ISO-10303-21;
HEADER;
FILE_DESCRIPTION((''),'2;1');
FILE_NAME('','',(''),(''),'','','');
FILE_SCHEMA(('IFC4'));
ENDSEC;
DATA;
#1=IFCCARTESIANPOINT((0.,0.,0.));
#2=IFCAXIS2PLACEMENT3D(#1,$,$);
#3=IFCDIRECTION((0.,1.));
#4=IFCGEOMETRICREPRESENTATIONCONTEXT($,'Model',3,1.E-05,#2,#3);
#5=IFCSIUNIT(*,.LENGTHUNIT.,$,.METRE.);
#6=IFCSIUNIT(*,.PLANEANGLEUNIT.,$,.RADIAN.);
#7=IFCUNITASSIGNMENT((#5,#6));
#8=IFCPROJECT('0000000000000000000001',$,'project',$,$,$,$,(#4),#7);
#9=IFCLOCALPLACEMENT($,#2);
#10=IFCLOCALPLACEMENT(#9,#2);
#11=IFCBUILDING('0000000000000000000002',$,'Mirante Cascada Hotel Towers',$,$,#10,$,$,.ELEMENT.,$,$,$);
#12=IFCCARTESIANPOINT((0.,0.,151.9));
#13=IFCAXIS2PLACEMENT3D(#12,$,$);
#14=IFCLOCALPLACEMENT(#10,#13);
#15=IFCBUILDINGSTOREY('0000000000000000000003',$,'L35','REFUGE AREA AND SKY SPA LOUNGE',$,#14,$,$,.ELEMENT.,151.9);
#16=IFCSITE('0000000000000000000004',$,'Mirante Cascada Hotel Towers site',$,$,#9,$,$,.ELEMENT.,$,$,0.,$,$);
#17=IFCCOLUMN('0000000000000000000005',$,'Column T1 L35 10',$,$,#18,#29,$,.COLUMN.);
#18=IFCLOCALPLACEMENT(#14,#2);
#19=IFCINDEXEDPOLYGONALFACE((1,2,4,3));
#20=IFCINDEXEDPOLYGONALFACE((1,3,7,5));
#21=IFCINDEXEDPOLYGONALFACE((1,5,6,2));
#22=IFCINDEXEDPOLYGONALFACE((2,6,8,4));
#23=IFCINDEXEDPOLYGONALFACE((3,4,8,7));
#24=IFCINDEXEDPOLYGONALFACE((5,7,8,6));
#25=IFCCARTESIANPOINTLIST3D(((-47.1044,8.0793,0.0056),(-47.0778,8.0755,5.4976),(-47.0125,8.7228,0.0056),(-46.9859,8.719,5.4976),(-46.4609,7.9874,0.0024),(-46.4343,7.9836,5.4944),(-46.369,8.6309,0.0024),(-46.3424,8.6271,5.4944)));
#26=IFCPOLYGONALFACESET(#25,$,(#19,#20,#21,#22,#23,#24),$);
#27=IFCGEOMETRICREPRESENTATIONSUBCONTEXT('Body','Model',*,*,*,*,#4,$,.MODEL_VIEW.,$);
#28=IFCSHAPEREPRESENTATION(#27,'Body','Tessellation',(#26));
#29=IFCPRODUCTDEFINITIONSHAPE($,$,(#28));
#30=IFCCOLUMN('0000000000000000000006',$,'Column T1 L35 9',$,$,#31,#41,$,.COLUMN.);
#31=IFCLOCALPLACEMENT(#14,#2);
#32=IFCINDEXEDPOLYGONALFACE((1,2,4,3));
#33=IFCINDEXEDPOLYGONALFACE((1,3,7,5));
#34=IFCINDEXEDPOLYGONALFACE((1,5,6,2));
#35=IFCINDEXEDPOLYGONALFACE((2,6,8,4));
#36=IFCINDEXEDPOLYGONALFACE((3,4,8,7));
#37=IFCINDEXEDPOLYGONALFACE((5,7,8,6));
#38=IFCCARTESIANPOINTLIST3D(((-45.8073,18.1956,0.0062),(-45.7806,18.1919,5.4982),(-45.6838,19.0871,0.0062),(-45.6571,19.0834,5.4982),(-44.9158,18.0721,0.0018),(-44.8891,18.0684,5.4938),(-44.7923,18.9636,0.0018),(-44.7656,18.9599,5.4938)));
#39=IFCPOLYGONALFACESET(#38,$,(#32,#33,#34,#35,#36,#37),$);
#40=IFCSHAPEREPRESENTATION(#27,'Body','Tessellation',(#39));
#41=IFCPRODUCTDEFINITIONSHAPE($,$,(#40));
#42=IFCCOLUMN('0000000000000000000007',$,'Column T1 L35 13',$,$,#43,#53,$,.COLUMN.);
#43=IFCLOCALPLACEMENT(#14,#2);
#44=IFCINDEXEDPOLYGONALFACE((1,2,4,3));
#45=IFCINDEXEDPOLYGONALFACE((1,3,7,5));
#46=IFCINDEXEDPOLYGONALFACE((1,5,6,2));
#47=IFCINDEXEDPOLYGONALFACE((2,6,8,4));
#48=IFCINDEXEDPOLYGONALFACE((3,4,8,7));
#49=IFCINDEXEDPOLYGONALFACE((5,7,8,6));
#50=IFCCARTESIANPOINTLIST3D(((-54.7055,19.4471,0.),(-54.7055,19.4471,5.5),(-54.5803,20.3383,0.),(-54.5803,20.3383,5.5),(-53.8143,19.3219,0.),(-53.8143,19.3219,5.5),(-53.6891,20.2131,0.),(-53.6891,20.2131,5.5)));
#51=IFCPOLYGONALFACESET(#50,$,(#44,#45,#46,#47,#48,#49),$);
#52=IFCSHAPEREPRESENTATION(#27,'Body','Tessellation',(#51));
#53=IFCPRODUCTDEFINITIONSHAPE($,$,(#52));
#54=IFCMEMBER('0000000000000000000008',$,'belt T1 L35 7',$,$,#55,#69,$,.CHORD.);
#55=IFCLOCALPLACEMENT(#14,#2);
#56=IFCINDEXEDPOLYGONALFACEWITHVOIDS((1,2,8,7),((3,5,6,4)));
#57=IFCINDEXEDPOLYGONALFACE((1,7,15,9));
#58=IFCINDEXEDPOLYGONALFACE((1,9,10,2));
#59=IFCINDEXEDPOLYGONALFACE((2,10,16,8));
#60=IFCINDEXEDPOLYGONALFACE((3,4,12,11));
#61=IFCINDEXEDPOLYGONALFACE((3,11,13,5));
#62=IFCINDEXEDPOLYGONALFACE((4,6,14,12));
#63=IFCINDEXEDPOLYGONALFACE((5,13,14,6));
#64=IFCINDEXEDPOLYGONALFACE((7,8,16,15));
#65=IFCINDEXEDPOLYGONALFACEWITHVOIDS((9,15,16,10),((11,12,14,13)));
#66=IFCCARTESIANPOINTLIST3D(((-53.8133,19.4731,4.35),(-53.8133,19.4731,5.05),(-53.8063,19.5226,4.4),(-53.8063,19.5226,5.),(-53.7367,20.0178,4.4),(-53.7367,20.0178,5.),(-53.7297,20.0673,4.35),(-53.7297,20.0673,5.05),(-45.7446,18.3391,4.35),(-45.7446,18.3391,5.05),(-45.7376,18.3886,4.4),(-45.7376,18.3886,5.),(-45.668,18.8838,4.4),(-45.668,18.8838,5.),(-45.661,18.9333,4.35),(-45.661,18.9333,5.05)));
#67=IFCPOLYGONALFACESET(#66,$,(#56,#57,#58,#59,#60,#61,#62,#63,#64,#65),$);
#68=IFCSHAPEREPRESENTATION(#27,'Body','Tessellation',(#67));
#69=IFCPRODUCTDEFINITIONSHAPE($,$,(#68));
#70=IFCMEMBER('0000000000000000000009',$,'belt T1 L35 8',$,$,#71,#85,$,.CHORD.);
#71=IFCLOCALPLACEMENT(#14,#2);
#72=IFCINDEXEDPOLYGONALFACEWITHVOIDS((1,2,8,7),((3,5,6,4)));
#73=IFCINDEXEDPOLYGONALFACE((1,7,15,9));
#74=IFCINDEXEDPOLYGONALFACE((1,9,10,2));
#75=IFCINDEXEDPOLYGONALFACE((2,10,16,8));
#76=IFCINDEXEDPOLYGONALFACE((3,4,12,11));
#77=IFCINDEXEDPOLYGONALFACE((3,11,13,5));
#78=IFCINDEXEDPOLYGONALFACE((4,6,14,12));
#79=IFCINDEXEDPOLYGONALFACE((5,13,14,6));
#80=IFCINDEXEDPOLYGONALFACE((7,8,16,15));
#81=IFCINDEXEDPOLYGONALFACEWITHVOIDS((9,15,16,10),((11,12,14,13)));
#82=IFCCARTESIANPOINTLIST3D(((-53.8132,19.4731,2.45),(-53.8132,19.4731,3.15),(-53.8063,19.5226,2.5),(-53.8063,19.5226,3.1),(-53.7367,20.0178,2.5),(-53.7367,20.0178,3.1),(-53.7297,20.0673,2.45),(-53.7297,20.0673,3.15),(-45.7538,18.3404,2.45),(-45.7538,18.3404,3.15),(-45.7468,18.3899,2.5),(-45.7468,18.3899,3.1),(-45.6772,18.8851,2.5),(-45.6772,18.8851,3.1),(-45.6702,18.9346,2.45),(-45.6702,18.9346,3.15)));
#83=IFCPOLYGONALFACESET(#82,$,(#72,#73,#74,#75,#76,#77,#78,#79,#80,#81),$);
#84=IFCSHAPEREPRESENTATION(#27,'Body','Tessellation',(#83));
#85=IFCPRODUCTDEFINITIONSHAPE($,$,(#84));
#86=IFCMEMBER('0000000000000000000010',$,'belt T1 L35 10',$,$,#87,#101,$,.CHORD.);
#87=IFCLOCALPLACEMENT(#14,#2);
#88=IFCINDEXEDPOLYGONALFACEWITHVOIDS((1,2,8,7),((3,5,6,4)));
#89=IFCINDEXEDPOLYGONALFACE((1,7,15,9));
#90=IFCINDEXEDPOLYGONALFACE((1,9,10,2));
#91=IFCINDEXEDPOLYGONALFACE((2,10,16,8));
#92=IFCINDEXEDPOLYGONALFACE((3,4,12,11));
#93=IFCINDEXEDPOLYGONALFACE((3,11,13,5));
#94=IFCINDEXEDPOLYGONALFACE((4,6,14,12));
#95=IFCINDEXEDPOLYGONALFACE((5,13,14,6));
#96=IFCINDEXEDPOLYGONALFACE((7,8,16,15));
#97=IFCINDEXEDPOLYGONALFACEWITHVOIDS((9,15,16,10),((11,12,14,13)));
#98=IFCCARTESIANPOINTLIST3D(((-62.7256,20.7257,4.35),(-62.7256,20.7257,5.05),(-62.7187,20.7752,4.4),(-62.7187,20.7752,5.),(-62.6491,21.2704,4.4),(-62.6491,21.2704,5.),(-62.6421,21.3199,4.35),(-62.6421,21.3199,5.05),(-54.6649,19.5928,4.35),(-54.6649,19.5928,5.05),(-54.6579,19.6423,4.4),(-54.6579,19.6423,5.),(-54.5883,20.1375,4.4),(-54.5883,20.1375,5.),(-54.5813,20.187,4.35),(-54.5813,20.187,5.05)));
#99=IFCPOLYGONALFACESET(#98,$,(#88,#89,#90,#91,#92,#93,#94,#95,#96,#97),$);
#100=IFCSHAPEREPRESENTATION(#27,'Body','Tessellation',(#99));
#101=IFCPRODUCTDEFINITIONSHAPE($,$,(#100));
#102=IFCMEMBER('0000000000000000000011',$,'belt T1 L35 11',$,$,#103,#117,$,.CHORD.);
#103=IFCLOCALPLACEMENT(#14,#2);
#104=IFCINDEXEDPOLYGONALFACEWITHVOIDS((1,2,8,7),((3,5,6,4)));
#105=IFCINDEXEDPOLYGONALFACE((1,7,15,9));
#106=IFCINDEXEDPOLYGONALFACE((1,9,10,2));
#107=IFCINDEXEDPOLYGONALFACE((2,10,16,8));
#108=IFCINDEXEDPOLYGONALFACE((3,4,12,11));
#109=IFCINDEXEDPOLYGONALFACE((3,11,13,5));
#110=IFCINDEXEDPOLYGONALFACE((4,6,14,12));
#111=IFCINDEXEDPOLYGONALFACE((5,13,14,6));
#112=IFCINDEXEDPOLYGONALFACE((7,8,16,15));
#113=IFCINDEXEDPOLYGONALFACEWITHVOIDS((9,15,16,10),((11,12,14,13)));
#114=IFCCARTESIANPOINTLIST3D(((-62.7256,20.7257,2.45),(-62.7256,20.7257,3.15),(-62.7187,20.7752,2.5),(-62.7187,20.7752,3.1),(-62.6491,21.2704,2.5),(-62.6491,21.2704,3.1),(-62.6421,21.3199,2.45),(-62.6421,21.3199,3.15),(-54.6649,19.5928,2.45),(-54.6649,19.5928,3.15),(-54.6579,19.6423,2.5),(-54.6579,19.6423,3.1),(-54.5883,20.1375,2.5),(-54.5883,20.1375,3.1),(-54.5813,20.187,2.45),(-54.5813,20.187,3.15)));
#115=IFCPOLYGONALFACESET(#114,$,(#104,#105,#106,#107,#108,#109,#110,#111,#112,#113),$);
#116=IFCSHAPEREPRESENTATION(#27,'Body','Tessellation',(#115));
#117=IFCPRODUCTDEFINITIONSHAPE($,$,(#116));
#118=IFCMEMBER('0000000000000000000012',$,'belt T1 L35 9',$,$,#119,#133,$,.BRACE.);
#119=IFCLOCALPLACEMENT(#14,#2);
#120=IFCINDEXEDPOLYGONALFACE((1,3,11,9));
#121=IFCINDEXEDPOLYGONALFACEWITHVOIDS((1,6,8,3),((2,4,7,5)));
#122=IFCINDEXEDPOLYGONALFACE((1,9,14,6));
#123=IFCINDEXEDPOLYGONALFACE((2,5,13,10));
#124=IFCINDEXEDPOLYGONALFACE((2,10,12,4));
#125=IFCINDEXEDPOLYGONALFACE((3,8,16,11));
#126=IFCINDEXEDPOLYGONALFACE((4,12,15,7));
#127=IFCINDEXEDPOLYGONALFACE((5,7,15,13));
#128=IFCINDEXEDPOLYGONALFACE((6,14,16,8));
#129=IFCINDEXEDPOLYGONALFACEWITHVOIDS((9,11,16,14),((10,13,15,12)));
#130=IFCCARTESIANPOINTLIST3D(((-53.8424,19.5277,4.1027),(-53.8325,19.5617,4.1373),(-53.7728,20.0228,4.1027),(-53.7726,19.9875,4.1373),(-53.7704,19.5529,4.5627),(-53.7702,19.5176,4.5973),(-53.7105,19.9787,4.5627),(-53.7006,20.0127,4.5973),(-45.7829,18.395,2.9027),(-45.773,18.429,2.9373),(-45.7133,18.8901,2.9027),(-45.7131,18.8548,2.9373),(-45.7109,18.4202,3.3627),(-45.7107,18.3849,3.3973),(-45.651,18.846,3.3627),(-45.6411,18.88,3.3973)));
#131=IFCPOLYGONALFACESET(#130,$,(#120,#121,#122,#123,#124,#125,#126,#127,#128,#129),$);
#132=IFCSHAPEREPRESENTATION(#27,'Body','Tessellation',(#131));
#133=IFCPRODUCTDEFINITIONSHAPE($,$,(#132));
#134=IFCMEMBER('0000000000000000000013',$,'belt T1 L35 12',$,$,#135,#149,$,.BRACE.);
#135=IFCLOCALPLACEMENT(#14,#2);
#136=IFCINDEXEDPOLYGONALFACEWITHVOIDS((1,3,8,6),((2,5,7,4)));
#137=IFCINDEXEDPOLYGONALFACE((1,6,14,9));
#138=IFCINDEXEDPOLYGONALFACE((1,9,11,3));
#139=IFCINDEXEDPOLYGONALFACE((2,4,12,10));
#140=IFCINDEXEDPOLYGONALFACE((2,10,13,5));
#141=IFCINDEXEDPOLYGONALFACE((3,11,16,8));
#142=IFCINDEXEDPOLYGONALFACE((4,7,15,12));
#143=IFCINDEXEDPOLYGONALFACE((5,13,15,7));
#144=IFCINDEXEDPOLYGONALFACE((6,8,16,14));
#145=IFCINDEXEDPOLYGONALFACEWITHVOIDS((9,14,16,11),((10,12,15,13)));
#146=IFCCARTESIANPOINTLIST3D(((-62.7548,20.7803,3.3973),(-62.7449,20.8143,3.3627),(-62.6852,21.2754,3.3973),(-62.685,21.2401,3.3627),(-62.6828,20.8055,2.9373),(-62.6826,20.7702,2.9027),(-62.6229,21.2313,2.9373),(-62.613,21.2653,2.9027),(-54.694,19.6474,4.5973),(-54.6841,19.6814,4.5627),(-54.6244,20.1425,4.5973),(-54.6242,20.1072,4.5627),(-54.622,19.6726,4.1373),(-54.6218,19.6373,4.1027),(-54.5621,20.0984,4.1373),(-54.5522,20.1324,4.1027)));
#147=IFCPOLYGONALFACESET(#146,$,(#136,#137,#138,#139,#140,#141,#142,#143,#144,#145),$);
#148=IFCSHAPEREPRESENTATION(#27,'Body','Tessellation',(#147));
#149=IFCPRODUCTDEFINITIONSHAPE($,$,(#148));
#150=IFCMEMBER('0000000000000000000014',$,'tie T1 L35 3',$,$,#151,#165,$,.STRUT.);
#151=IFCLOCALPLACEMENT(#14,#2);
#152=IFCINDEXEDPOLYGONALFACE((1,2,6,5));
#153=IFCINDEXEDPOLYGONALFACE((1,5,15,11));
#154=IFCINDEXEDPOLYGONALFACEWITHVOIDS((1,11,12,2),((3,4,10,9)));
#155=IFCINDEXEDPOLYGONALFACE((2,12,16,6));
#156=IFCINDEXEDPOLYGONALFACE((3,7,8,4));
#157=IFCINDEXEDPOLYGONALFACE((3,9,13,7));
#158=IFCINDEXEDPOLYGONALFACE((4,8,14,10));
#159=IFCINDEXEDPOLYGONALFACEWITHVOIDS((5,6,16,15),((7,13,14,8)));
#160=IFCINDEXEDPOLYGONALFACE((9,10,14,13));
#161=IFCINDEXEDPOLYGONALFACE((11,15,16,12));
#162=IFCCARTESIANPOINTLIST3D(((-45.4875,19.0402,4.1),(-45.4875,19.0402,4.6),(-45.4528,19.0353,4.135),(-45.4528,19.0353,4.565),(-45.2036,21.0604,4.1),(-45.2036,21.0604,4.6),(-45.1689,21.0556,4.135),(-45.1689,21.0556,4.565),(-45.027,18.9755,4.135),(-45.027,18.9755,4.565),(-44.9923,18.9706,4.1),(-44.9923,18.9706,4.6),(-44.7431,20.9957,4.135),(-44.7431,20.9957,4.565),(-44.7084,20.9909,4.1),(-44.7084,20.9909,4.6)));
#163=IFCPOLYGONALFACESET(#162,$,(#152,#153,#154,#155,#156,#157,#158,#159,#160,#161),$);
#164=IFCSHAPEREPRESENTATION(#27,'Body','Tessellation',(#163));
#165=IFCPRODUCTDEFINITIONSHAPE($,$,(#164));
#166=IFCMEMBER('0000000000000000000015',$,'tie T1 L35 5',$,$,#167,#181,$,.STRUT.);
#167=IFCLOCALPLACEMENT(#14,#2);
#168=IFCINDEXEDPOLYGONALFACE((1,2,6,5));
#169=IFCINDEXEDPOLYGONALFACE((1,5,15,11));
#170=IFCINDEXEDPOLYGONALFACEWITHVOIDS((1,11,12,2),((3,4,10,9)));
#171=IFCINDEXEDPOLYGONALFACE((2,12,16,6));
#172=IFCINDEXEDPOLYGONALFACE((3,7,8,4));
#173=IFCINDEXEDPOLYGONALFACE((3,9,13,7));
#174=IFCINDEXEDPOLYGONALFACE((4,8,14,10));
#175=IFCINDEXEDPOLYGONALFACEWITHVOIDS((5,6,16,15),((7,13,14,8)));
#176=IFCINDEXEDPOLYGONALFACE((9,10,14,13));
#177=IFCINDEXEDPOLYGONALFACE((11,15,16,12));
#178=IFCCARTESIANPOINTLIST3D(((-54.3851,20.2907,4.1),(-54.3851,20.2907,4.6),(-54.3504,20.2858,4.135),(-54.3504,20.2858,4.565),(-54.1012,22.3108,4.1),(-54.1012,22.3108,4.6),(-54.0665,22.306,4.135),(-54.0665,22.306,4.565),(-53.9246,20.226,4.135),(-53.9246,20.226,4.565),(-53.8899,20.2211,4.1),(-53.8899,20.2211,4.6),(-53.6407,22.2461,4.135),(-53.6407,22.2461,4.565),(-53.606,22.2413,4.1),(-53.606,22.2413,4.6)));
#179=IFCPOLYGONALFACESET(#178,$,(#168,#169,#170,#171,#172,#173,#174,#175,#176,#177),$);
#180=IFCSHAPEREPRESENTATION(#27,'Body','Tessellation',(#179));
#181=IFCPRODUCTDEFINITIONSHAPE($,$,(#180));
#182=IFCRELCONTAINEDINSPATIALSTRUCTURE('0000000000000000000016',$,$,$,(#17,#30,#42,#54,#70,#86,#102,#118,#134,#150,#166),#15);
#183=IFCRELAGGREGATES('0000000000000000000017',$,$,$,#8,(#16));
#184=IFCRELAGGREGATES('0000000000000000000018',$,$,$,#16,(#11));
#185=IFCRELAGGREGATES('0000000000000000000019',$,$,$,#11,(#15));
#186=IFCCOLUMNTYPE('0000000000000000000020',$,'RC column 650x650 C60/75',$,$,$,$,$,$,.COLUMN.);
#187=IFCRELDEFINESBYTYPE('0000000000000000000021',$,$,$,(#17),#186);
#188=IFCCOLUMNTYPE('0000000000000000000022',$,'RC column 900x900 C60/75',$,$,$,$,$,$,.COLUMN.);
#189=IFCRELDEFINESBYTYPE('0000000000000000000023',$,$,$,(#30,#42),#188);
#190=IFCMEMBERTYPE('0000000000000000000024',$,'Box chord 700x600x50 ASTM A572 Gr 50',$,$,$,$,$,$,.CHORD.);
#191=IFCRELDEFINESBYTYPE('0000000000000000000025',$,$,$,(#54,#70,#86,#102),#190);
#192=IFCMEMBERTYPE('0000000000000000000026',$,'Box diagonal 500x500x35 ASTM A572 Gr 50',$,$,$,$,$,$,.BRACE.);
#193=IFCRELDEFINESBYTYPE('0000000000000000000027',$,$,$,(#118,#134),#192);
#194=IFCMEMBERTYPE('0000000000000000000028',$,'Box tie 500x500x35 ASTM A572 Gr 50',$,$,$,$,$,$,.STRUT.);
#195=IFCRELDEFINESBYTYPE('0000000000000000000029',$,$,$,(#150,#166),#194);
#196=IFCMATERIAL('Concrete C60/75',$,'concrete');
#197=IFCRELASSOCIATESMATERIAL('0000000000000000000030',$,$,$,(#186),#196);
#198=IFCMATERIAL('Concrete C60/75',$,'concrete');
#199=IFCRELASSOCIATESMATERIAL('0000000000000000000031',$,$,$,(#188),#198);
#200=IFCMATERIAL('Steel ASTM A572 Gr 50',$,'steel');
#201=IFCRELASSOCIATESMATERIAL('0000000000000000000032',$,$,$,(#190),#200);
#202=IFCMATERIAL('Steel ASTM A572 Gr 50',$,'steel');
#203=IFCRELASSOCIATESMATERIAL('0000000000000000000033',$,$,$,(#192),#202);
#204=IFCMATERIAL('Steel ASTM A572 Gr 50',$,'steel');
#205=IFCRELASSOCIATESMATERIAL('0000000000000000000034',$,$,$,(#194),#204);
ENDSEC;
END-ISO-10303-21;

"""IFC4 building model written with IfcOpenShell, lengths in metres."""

from ifc_helpers import new_model, si_unit, direction, frame, origin, origin_2d, place, context, subcontext, project, spatial, rectangle, hollow_rectangle, extrude, material, material_profile, profile_set, type_object, element, save


model = new_model("IFC4")

# Units and contexts
model_context = context("Model", 3, precision=1e-05, world=origin(), true_north=direction((0.0, 1.0)))
body_context = subcontext(model_context, "Body", "Model", "MODEL_VIEW")
ifc_project = project(units=[si_unit("LENGTHUNIT", "METRE"), si_unit("PLANEANGLEUNIT", "RADIAN")], contexts=[model_context])

# Site, building, storey
site_placement = place(None, origin())
site = spatial("IfcSite", under=ifc_project, at=site_placement, Name="Mirante Cascada Hotel Towers site", CompositionType="ELEMENT", RefElevation=0.0)
building_placement = place(site_placement, origin())
building = spatial("IfcBuilding", under=site, at=building_placement, Name="Mirante Cascada Hotel Towers", CompositionType="ELEMENT")
storey_placement = place(building_placement, frame((0.0, 0.0, 151.9)))
storey = spatial("IfcBuildingStorey", under=building, at=storey_placement, Name="L35", Description="REFUGE AREA AND SKY SPA LOUNGE", CompositionType="ELEMENT", Elevation=151.9)

# Columns
ifc_material_1 = material(Name="Concrete C60/75", Category="concrete")
ifc_material_profile_1 = material_profile(ifc_material_1, rectangle(XDim=0.65, YDim=0.65, at=origin_2d()), Name="RC column 650x650 C60/75")
ifc_profile_set_1 = profile_set([ifc_material_profile_1], Name="Concrete C60/75")
column_type_1 = type_object("IfcColumnType", Name="RC column 650x650 C60/75", PredefinedType="COLUMN", material=ifc_profile_set_1)
column_1_placement = place(storey_placement, frame((-46.7367, 8.3551, 0.004), z_axis=(0.004843, -0.000692, 0.999988), x_axis=(0.141421, 0.98995, 0.0)))
element("IfcColumn", 1, at=column_1_placement, inside=storey, type_object=column_type_1, Name="Column T1 L35 10", PredefinedType="COLUMN", context=body_context, shape_type="SweptSolid", body=[
    extrude(rectangle(XDim=0.65, YDim=0.65, at=origin_2d()), origin(), (0.0, 0.0, 1.0), 5.4921),
])
ifc_material_2 = material(Name="Concrete C60/75", Category="concrete")
ifc_material_profile_2 = material_profile(ifc_material_2, rectangle(XDim=0.9, YDim=0.9, at=origin_2d()), Name="RC column 900x900 C60/75")
ifc_profile_set_2 = profile_set([ifc_material_profile_2], Name="Concrete C60/75")
column_type_2 = type_object("IfcColumnType", Name="RC column 900x900 C60/75", PredefinedType="COLUMN", material=ifc_profile_set_2)
column_2_placement = place(storey_placement, frame((-45.2998, 18.5796, 0.004), z_axis=(0.004862, -0.000674, 0.999988), x_axis=(0.137265, 0.990534, 0.0)))
element("IfcColumn", 2, at=column_2_placement, inside=storey, type_object=column_type_2, Name="Column T1 L35 9", PredefinedType="COLUMN", context=body_context, shape_type="SweptSolid", body=[
    extrude(rectangle(XDim=0.9, YDim=0.9, at=origin_2d()), origin(), (0.0, 0.0, 1.0), 5.4921),
])
column_3_placement = place(storey_placement, frame((-54.1973, 19.8301, 0.0), z_axis=(0.0, 0.0, 1.0), x_axis=(-0.990268, 0.139173, 0.0)))
element("IfcColumn", 3, at=column_3_placement, inside=storey, type_object=column_type_2, Name="Column T1 L35 13", PredefinedType="COLUMN", context=body_context, shape_type="SweptSolid", body=[
    extrude(rectangle(XDim=0.9, YDim=0.9, at=origin_2d()), origin(), (0.0, 0.0, 1.0), 5.5),
])

# Members
ifc_material_3 = material(Name="Steel ASTM A572 Gr 50", Category="steel")
ifc_material_profile_3 = material_profile(ifc_material_3, hollow_rectangle(XDim=0.6, YDim=0.7, WallThickness=0.05, at=origin_2d()), Name="Box chord 700x600x50 ASTM A572 Gr 50")
ifc_profile_set_3 = profile_set([ifc_material_profile_3], Name="Steel ASTM A572 Gr 50")
member_type_1 = type_object("IfcMemberType", Name="Box chord 700x600x50 ASTM A572 Gr 50", PredefinedType="CHORD", material=ifc_profile_set_3)
member_1_placement = place(storey_placement, frame((-45.7028, 18.6362, 4.7), z_axis=(-0.990268, 0.139175, 0.0), x_axis=(-0.139175, -0.990268, 0.0)))
element("IfcMember", 4, at=member_1_placement, inside=storey, type_object=member_type_1, Name="belt T1 L35 7", PredefinedType="CHORD", context=body_context, shape_type="SweptSolid", body=[
    extrude(hollow_rectangle(XDim=0.6, YDim=0.7, WallThickness=0.05, at=origin_2d()), origin(), (0.0, 0.0, 1.0), 8.148),
])
member_2_placement = place(storey_placement, frame((-45.712, 18.6375, 2.8), z_axis=(-0.990268, 0.139174, 0.0), x_axis=(-0.139174, -0.990268, 0.0)))
element("IfcMember", 5, at=member_2_placement, inside=storey, type_object=member_type_1, Name="belt T1 L35 8", PredefinedType="CHORD", context=body_context, shape_type="SweptSolid", body=[
    extrude(hollow_rectangle(XDim=0.6, YDim=0.7, WallThickness=0.05, at=origin_2d()), origin(), (0.0, 0.0, 1.0), 8.1387),
])
for number, where, z_axis, x_axis, name in (
    (6, (-54.6231, 19.8899, 4.7), (-0.990268, 0.139177, 0.0), (-0.139177, -0.990268, 0.0), "belt T1 L35 10"),
    (7, (-54.6231, 19.8899, 2.8), (-0.990268, 0.139177, 0.0), (-0.139177, -0.990268, 0.0), "belt T1 L35 11"),
):
    element("IfcMember", number, at=place(storey_placement, frame(where, z_axis=z_axis, x_axis=x_axis)), inside=storey, type_object=member_type_1, Name=name, PredefinedType="CHORD", context=body_context, shape_type="SweptSolid", body=[
        extrude(hollow_rectangle(XDim=0.6, YDim=0.7, WallThickness=0.05, at=origin_2d()), origin(), (0.0, 0.0, 1.0), 8.14),
    ])
ifc_material_4 = material(Name="Steel ASTM A572 Gr 50", Category="steel")
ifc_material_profile_4 = material_profile(ifc_material_4, hollow_rectangle(XDim=0.5, YDim=0.5, WallThickness=0.035, at=origin_2d()), Name="Box diagonal 500x500x35 ASTM A572 Gr 50")
ifc_profile_set_4 = profile_set([ifc_material_profile_4], Name="Steel ASTM A572 Gr 50")
member_type_2 = type_object("IfcMemberType", Name="Box diagonal 500x500x35 ASTM A572 Gr 50", PredefinedType="BRACE", material=ifc_profile_set_4)
member_3_placement = place(storey_placement, frame((-45.712, 18.6375, 3.15), z_axis=(-0.979676, 0.137686, 0.145867), x_axis=(-0.139174, -0.990268, 0.0)))
element("IfcMember", 8, at=member_3_placement, inside=storey, type_object=member_type_2, Name="belt T1 L35 9", PredefinedType="BRACE", context=body_context, shape_type="SweptSolid", body=[
    extrude(hollow_rectangle(XDim=0.5, YDim=0.5, WallThickness=0.035, at=origin_2d()), origin(), (0.0, 0.0, 1.0), 8.2267),
])
member_4_placement = place(storey_placement, frame((-54.6231, 19.8899, 4.35), z_axis=(-0.979679, 0.137688, -0.145843), x_axis=(-0.139177, -0.990268, 0.0)))
element("IfcMember", 9, at=member_4_placement, inside=storey, type_object=member_type_2, Name="belt T1 L35 12", PredefinedType="BRACE", context=body_context, shape_type="SweptSolid", body=[
    extrude(hollow_rectangle(XDim=0.5, YDim=0.5, WallThickness=0.035, at=origin_2d()), origin(), (0.0, 0.0, 1.0), 8.228),
])
ifc_material_5 = material(Name="Steel ASTM A572 Gr 50", Category="steel")
ifc_material_profile_5 = material_profile(ifc_material_5, hollow_rectangle(XDim=0.5, YDim=0.5, WallThickness=0.035, at=origin_2d()), Name="Box tie 500x500x35 ASTM A572 Gr 50")
ifc_profile_set_5 = profile_set([ifc_material_profile_5], Name="Steel ASTM A572 Gr 50")
member_type_3 = type_object("IfcMemberType", Name="Box tie 500x500x35 ASTM A572 Gr 50", PredefinedType="STRUT", material=ifc_profile_set_5)
member_5_placement = place(storey_placement, frame((-45.2399, 19.0054, 4.35), z_axis=(0.139163, 0.99027, 0.0), x_axis=(-0.99027, 0.139163, 0.0)))
element("IfcMember", 10, at=member_5_placement, inside=storey, type_object=member_type_3, Name="tie T1 L35 3", PredefinedType="STRUT", context=body_context, shape_type="SweptSolid", body=[
    extrude(hollow_rectangle(XDim=0.5, YDim=0.5, WallThickness=0.035, at=origin_2d()), origin(), (0.0, 0.0, 1.0), 2.0401),
])
member_6_placement = place(storey_placement, frame((-54.1375, 20.2559, 4.35), z_axis=(0.13917, 0.990268, 0.0), x_axis=(-0.990268, 0.13917, 0.0)))
element("IfcMember", 11, at=member_6_placement, inside=storey, type_object=member_type_3, Name="tie T1 L35 5", PredefinedType="STRUT", context=body_context, shape_type="SweptSolid", body=[
    extrude(hollow_rectangle(XDim=0.5, YDim=0.5, WallThickness=0.035, at=origin_2d()), origin(), (0.0, 0.0, 1.0), 2.04),
])

save(model, "model.ifc")
